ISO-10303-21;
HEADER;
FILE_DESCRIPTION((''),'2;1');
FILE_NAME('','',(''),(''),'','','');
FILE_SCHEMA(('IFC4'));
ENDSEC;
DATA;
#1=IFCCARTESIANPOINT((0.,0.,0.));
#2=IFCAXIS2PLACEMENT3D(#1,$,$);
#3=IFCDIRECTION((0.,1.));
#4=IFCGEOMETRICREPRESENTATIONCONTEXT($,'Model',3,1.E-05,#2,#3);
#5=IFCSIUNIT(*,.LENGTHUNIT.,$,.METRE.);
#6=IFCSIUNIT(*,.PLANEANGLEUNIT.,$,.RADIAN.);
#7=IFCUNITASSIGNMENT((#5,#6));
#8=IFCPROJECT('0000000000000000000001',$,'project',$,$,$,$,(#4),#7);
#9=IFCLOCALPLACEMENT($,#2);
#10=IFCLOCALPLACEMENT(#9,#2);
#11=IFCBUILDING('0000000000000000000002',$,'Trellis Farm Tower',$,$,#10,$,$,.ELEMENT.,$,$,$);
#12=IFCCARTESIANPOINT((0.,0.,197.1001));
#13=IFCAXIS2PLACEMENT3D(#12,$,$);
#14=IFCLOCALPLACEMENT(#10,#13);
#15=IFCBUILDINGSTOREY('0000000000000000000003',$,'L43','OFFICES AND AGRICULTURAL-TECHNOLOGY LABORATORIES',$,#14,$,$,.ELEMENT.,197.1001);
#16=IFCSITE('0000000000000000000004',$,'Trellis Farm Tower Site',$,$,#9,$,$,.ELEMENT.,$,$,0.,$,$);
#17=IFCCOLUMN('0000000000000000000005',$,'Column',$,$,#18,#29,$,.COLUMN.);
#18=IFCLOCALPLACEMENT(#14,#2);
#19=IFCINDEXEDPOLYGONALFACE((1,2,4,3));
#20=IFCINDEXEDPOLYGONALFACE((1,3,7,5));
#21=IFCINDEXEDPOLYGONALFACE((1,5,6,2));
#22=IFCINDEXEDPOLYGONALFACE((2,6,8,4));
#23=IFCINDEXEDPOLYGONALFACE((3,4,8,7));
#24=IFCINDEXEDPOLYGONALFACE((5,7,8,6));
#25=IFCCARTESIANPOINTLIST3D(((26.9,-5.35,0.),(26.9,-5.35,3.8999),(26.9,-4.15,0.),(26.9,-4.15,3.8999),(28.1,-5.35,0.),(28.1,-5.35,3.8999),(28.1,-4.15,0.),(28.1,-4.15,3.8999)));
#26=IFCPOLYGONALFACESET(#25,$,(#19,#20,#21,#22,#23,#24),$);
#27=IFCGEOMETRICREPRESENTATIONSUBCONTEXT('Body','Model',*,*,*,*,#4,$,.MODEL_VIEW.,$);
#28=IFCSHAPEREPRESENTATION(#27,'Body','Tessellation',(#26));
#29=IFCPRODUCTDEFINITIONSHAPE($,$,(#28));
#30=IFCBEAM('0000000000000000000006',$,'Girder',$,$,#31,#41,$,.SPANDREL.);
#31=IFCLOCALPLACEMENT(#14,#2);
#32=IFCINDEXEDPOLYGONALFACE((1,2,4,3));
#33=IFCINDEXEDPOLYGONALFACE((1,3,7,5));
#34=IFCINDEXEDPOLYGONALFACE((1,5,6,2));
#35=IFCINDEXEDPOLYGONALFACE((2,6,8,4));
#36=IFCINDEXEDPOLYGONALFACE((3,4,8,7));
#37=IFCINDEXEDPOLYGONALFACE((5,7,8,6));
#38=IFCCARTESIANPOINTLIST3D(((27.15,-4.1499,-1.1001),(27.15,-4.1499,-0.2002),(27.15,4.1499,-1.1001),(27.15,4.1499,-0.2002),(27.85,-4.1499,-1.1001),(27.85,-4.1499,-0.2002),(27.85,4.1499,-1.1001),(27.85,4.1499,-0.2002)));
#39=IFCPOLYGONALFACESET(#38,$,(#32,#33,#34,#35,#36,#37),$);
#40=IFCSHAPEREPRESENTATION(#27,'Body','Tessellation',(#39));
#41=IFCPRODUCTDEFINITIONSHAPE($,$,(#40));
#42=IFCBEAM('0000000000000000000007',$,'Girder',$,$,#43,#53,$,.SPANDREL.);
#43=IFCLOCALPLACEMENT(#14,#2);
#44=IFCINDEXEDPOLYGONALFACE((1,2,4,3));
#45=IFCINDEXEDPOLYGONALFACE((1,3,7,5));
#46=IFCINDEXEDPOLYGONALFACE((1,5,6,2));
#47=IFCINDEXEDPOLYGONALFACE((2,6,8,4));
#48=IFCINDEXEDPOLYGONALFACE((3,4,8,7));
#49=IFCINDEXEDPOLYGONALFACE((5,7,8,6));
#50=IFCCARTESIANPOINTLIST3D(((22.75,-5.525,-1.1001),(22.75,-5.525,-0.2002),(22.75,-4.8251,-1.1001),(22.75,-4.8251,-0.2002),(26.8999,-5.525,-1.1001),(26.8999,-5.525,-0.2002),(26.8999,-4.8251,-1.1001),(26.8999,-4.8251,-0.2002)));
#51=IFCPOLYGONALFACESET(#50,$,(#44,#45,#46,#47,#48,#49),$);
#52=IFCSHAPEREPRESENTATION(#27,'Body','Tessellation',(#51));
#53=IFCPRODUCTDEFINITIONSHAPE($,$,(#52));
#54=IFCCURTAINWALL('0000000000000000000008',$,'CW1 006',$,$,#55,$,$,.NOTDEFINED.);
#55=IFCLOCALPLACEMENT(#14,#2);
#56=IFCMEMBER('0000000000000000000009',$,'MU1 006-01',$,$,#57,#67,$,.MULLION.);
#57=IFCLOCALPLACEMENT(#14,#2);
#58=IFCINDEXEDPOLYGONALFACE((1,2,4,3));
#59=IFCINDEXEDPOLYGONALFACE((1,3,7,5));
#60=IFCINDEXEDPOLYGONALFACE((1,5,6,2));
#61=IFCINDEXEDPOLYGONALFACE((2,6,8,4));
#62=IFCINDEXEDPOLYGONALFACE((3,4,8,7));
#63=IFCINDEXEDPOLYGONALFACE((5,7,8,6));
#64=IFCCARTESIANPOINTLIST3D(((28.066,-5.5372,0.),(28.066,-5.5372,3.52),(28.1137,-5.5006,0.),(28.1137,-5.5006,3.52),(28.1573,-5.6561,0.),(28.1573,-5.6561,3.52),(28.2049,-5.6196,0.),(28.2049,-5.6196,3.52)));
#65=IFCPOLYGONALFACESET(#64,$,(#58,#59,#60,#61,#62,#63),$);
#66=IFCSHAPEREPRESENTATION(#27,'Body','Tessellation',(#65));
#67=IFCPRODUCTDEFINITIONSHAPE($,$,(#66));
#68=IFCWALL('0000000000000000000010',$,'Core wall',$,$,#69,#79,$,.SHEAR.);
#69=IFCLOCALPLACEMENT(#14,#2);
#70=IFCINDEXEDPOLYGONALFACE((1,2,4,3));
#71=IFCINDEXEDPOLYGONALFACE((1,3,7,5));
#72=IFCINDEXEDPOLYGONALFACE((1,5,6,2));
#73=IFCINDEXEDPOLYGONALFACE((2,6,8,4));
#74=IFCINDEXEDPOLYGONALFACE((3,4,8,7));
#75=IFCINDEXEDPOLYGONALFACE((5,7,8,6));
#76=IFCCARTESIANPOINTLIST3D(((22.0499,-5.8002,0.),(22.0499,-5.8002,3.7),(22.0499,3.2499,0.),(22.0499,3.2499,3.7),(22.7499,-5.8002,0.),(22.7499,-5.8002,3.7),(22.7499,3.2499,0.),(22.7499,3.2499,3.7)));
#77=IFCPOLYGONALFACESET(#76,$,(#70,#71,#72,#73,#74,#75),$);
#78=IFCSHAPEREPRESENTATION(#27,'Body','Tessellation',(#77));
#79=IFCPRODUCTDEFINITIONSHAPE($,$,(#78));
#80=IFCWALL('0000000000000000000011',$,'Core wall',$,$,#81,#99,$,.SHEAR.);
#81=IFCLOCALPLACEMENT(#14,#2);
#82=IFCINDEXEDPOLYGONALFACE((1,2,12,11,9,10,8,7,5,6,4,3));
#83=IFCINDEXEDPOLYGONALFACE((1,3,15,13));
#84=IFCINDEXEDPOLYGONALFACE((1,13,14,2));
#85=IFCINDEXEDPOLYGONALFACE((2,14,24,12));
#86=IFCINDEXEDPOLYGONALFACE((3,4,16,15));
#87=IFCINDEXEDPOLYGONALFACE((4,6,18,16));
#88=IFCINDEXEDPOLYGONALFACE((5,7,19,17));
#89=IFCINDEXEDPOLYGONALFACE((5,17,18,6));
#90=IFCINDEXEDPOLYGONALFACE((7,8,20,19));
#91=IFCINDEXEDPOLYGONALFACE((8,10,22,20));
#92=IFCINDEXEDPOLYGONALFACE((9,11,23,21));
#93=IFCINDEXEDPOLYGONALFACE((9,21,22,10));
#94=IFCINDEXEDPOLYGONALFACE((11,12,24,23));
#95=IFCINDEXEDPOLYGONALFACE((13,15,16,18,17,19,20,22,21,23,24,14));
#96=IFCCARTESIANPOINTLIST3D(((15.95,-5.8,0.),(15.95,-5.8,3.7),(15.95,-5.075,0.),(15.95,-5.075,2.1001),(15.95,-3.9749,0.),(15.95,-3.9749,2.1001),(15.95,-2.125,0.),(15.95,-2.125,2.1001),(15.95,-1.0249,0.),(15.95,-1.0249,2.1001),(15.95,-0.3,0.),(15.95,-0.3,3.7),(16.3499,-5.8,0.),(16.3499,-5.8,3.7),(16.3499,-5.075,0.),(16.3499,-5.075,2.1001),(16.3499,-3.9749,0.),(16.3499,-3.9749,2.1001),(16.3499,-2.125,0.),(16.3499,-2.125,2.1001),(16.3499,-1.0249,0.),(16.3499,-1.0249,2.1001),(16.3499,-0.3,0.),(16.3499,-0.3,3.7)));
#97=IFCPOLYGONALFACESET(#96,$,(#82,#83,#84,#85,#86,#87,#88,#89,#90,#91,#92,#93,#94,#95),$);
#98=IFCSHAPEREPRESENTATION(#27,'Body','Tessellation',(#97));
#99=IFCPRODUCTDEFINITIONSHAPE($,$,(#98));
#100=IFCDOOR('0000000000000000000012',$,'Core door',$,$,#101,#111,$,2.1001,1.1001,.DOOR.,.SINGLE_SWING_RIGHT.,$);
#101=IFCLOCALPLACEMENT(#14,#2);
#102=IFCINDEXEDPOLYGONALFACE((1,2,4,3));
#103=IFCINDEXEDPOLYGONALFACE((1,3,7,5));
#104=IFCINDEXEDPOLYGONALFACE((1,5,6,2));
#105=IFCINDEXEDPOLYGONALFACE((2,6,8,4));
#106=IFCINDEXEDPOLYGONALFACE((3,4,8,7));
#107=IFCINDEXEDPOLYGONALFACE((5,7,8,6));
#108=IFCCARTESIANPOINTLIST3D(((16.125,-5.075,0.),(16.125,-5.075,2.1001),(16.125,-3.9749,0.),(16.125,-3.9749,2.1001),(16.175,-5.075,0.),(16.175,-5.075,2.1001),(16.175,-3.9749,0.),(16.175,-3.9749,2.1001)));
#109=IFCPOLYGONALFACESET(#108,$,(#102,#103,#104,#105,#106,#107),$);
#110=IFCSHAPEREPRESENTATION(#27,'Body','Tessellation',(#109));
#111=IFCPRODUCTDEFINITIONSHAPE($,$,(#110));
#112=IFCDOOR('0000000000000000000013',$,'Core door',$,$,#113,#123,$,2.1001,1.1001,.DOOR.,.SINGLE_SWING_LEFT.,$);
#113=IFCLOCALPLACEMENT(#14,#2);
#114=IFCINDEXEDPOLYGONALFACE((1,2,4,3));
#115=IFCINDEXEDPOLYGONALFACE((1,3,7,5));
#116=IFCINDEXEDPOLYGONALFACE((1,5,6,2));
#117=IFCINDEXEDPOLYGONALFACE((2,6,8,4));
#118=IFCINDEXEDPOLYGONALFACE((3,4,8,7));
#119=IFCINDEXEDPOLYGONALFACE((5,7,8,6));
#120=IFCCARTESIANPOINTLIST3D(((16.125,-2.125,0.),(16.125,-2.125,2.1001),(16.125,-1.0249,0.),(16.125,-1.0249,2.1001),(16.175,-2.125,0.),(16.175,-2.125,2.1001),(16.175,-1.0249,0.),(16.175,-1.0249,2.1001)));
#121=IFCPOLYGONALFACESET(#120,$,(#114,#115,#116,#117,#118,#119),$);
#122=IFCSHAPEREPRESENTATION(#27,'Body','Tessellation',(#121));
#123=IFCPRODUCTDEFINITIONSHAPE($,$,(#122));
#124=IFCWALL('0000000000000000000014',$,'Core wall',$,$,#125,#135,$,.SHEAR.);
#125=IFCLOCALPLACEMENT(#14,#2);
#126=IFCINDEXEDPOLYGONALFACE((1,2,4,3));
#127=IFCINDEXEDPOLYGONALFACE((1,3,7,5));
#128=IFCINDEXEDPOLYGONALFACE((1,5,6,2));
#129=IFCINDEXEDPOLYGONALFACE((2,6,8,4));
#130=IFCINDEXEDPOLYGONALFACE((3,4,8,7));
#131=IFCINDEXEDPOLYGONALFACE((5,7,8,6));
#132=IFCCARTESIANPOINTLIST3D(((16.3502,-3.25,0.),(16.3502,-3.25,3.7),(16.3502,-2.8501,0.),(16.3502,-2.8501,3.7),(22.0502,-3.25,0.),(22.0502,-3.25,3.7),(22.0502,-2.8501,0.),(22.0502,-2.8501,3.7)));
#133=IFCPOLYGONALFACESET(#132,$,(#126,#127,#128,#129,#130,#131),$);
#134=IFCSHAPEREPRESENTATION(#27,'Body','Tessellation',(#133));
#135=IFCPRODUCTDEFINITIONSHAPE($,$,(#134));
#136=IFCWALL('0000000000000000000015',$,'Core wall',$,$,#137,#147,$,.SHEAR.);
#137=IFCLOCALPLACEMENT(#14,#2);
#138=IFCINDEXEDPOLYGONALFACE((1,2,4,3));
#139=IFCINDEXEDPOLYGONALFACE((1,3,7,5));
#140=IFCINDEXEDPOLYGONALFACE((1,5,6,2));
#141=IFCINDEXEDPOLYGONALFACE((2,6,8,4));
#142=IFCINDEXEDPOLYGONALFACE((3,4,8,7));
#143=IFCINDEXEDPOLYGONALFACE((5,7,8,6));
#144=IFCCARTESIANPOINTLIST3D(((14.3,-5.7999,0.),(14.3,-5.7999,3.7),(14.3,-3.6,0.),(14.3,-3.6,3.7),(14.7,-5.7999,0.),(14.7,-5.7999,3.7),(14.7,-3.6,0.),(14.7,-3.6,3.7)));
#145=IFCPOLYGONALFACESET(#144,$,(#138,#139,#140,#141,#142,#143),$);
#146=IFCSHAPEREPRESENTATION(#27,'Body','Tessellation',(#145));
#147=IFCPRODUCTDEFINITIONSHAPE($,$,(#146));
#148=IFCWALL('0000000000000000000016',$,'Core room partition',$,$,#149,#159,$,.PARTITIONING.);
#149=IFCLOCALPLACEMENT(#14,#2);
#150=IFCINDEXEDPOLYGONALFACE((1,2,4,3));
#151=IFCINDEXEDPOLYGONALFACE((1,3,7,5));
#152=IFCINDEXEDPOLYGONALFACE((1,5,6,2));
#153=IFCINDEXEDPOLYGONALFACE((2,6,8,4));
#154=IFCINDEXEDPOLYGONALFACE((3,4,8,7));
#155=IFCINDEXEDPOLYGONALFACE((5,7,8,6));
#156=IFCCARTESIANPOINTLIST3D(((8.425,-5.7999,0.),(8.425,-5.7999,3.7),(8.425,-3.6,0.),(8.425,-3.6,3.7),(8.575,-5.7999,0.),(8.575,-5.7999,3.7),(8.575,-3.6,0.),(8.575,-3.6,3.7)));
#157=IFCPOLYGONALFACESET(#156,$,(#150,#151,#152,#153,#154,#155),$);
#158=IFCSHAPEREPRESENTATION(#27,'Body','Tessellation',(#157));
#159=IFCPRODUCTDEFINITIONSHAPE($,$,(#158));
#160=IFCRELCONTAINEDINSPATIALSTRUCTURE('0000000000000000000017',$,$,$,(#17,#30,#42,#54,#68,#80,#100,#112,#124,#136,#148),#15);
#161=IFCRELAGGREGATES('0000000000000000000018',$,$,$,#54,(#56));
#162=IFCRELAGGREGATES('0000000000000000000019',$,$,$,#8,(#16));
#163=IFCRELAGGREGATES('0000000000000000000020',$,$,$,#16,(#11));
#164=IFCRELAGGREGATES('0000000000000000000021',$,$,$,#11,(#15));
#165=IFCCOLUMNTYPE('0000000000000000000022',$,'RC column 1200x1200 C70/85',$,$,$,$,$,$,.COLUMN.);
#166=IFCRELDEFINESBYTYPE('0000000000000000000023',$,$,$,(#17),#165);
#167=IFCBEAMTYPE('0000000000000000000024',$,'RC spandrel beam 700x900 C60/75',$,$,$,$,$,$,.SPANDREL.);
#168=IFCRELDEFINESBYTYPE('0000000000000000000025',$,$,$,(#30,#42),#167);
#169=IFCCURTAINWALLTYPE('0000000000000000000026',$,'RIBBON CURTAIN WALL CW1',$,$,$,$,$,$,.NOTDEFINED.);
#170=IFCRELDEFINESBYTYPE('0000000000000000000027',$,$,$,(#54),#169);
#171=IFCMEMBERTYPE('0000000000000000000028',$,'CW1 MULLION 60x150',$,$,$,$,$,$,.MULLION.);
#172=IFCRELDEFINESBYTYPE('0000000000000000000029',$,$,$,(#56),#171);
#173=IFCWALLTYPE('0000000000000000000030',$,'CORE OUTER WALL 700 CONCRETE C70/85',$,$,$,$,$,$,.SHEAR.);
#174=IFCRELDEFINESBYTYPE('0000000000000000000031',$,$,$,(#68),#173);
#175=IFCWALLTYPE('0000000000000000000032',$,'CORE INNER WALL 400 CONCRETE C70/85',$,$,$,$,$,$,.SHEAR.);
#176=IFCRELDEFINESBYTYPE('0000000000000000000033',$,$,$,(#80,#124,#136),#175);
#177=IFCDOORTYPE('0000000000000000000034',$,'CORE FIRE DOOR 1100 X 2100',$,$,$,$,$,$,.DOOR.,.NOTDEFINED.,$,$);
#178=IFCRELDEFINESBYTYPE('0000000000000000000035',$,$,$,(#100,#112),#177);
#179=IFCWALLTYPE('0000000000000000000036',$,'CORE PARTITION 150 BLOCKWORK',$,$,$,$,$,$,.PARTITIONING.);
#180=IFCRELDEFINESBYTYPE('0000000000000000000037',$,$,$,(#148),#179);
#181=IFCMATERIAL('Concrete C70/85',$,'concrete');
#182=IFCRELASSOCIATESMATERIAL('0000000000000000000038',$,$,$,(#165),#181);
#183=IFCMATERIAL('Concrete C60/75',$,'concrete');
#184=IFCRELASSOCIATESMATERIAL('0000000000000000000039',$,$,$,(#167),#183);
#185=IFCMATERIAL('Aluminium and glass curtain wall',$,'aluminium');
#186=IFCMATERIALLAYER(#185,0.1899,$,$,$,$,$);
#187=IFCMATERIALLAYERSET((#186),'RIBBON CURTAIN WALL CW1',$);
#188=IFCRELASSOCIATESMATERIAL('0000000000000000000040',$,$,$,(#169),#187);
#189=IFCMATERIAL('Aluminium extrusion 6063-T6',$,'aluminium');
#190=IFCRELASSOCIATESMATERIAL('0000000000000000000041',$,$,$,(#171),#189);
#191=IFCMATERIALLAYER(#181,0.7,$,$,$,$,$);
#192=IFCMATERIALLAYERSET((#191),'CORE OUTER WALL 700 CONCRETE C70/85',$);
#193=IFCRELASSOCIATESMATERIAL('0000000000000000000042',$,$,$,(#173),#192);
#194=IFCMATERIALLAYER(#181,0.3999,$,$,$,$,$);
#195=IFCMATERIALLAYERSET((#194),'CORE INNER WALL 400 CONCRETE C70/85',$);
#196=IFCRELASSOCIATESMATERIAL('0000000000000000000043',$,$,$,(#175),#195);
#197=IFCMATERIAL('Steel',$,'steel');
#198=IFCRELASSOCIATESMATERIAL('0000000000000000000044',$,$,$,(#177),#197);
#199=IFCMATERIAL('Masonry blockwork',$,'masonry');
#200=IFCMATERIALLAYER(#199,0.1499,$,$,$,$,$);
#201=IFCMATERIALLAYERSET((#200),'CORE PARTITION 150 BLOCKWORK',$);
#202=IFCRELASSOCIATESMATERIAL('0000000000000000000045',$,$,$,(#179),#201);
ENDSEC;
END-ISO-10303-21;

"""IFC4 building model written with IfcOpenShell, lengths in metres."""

from ifc_helpers import new_model, si_unit, direction, frame, frame_2d, origin, origin_2d, place, context, subcontext, project, spatial, rectangle, extrude, source, transform, mapped, material, layer, layer_set, material_profile, profile_set, type_object, element, fill, aggregate, save


model = new_model("IFC4")

# Units and contexts
model_context = context("Model", 3, precision=1e-05, world=origin(), true_north=direction((0.0, 1.0)))
body_context = subcontext(model_context, "Body", "Model", "MODEL_VIEW")
ifc_project = project(units=[si_unit("LENGTHUNIT", "METRE"), si_unit("PLANEANGLEUNIT", "RADIAN")], contexts=[model_context])

# Site, building, storey
site_placement = place(None, origin())
site = spatial("IfcSite", under=ifc_project, at=site_placement, Name="Trellis Farm Tower Site", CompositionType="ELEMENT", RefElevation=0.0)
building_placement = place(site_placement, origin())
building = spatial("IfcBuilding", under=site, at=building_placement, Name="Trellis Farm Tower", CompositionType="ELEMENT")
storey_placement = place(building_placement, frame((0.0, 0.0, 197.1001)))
storey = spatial("IfcBuildingStorey", under=building, at=storey_placement, Name="L43", Description="OFFICES AND AGRICULTURAL-TECHNOLOGY LABORATORIES", CompositionType="ELEMENT", Elevation=197.1001)

# Column
ifc_material_1 = material(Name="Concrete C70/85", Category="concrete")
ifc_material_profile_1 = material_profile(ifc_material_1, rectangle(XDim=1.2, YDim=1.2, at=origin_2d()), Name="RC column 1200x1200 C70/85")
ifc_profile_set_1 = profile_set([ifc_material_profile_1], Name="Concrete C70/85")
column_type = type_object("IfcColumnType", Name="RC column 1200x1200 C70/85", PredefinedType="COLUMN", material=ifc_profile_set_1)
shared_shape_1 = source(origin(), body_context, "Body", "SweptSolid", [
    extrude(rectangle(XDim=1.2, YDim=1.2, at=origin_2d()), origin(), (0.0, 0.0, 1.0), 3.8999),
])
column_placement = place(storey_placement, frame((27.5, -4.75, 0.0), z_axis=(0.0, 0.0, 1.0), x_axis=(1.0, 0.0, 0.0)))
element("IfcColumn", 1, at=column_placement, inside=storey, type_object=column_type, Name="Column", PredefinedType="COLUMN", context=body_context, shape_type="MappedRepresentation", body=[
    mapped(shared_shape_1, transform((0.0, 0.0, 0.0))),
])

# Beams
ifc_material_2 = material(Name="Concrete C60/75", Category="concrete")
ifc_material_profile_2 = material_profile(ifc_material_2, rectangle(XDim=0.7, YDim=0.8999, at=origin_2d()), Name="RC spandrel beam 700x900 C60/75")
ifc_profile_set_2 = profile_set([ifc_material_profile_2], Name="Concrete C60/75")
beam_type = type_object("IfcBeamType", Name="RC spandrel beam 700x900 C60/75", PredefinedType="SPANDREL", material=ifc_profile_set_2)
shared_shape_2 = source(origin(), body_context, "Body", "SweptSolid", [
    extrude(rectangle(XDim=0.7, YDim=0.8999, at=origin_2d()), origin(), (0.0, 0.0, 1.0), 8.2998),
])
beam_1_placement = place(storey_placement, frame((27.5, -4.1499, -0.6501), z_axis=(0.0, 1.0, 0.0), x_axis=(-1.0, 0.0, 0.0)))
element("IfcBeam", 2, at=beam_1_placement, inside=storey, type_object=beam_type, Name="Girder", PredefinedType="SPANDREL", context=body_context, shape_type="MappedRepresentation", body=[
    mapped(shared_shape_2, transform((0.0, 0.0, 0.0))),
])
shared_shape_3 = source(origin(), body_context, "Body", "SweptSolid", [
    extrude(rectangle(XDim=0.7, YDim=0.8999, at=origin_2d()), origin(), (0.0, 0.0, 1.0), 4.1499),
])
beam_2_placement = place(storey_placement, frame((22.75, -5.175, -0.6501), z_axis=(1.0, 0.0, 0.0), x_axis=(0.0, 1.0, 0.0)))
element("IfcBeam", 3, at=beam_2_placement, inside=storey, type_object=beam_type, Name="Girder", PredefinedType="SPANDREL", context=body_context, shape_type="MappedRepresentation", body=[
    mapped(shared_shape_3, transform((0.0, 0.0, 0.0))),
])

# Curtain wall, member
ifc_material_3 = material(Name="Aluminium and glass curtain wall", Category="aluminium")
ifc_layer_1 = layer(ifc_material_3, 0.1899)
ifc_layer_set_1 = layer_set([ifc_layer_1], Name="RIBBON CURTAIN WALL CW1")
curtain_wall_type = type_object("IfcCurtainWallType", Name="RIBBON CURTAIN WALL CW1", PredefinedType="NOTDEFINED", material=ifc_layer_set_1)
placement = place(storey_placement, origin())
curtain_wall = element("IfcCurtainWall", 4, at=placement, inside=storey, type_object=curtain_wall_type, Name="CW1 006", PredefinedType="NOTDEFINED")
ifc_material_4 = material(Name="Aluminium extrusion 6063-T6", Category="aluminium")
ifc_material_profile_3 = material_profile(ifc_material_4, rectangle(XDim=0.0601, YDim=0.1499, at=origin_2d()), Name="MULLION 60x150")
ifc_profile_set_3 = profile_set([ifc_material_profile_3], Name="Aluminium extrusion 6063-T6")
member_type = type_object("IfcMemberType", Name="CW1 MULLION 60x150", PredefinedType="MULLION", material=ifc_profile_set_3)
shared_shape_4 = source(origin(), body_context, "Body", "SweptSolid", [
    extrude(rectangle(XDim=0.0601, YDim=0.1499, at=origin_2d()), origin(), (0.0, 0.0, 1.0), 3.52),
])
member_placement = place(storey_placement, frame((28.1355, -5.5784, 0.0), z_axis=(0.0, 0.0, 1.0), x_axis=(0.793353, 0.608761, 0.0)))
member = element("IfcMember", 5, at=member_placement, type_object=member_type, Name="MU1 006-01", PredefinedType="MULLION", context=body_context, shape_type="MappedRepresentation", body=[
    mapped(shared_shape_4, transform((0.0, 0.0, 0.0))),
])
aggregate(curtain_wall, [member])

# Wall
ifc_layer_2 = layer(ifc_material_1, 0.7)
ifc_layer_set_2 = layer_set([ifc_layer_2], Name="CORE OUTER WALL 700 CONCRETE C70/85")
wall_type_1 = type_object("IfcWallType", Name="CORE OUTER WALL 700 CONCRETE C70/85", PredefinedType="SHEAR", material=ifc_layer_set_2)
shared_shape_5 = source(origin(), body_context, "Body", "SweptSolid", [
    extrude(rectangle(XDim=9.05, YDim=0.7, at=frame_2d((4.5249, 0.0))), origin(), (0.0, 0.0, 1.0), 3.7),
])
wall_1_placement = place(storey_placement, frame((22.3999, -5.8, 0.0), z_axis=(0.0, 0.0, 1.0), x_axis=(0.0, 1.0, 0.0)))
element("IfcWall", 6, at=wall_1_placement, inside=storey, type_object=wall_type_1, Name="Core wall", PredefinedType="SHEAR", context=body_context, shape_type="MappedRepresentation", body=[
    mapped(shared_shape_5, transform((0.0, 0.0, 0.0))),
])

# Wall, openings, doors
ifc_layer_3 = layer(ifc_material_1, 0.3999)
ifc_layer_set_3 = layer_set([ifc_layer_3], Name="CORE INNER WALL 400 CONCRETE C70/85")
wall_type_2 = type_object("IfcWallType", Name="CORE INNER WALL 400 CONCRETE C70/85", PredefinedType="SHEAR", material=ifc_layer_set_3)
shared_shape_6 = source(origin(), body_context, "Body", "SweptSolid", [
    extrude(rectangle(XDim=5.5, YDim=0.3999, at=frame_2d((2.75, 0.0))), origin(), (0.0, 0.0, 1.0), 3.7),
])
wall_2_placement = place(storey_placement, frame((16.1499, -5.8, 0.0), z_axis=(0.0, 0.0, 1.0), x_axis=(0.0, 1.0, 0.0)))
wall_2 = element("IfcWall", 7, at=wall_2_placement, inside=storey, type_object=wall_type_2, Name="Core wall", PredefinedType="SHEAR", context=body_context, shape_type="MappedRepresentation", body=[
    mapped(shared_shape_6, transform((0.0, 0.0, 0.0))),
])
shared_shape_7 = source(origin(), body_context, "Body", "SweptSolid", [
    extrude(rectangle(XDim=1.1001, YDim=2.1001, at=frame_2d((0.55, 1.05))), frame((0.0, 0.21, 0.0), z_axis=(0.0, -1.0, 0.0), x_axis=(1.0, 0.0, 0.0)), (0.0, 0.0, 1.0), 0.4199),
])
opening_1_placement = place(wall_2_placement, frame((0.7251, 0.0, 0.0)))
opening_1 = element("IfcOpeningElement", 8, at=opening_1_placement, cuts=wall_2, PredefinedType="OPENING", context=body_context, shape_type="MappedRepresentation", body=[
    mapped(shared_shape_7, transform((0.0, 0.0, 0.0))),
])
opening_2_placement = place(wall_2_placement, frame((3.675, 0.0, 0.0)))
opening_2 = element("IfcOpeningElement", 9, at=opening_2_placement, cuts=wall_2, PredefinedType="OPENING", context=body_context, shape_type="MappedRepresentation", body=[
    mapped(shared_shape_7, transform((0.0, 0.0, 0.0))),
])
ifc_material_5 = material(Name="Steel", Category="steel")
door_type = type_object("IfcDoorType", Name="CORE FIRE DOOR 1100 X 2100", OperationType="NOTDEFINED", PredefinedType="DOOR", material=ifc_material_5)
shared_shape_8 = source(origin(), body_context, "Body", "SweptSolid", [
    extrude(rectangle(XDim=1.1001, YDim=2.1001, at=frame_2d((0.55, 1.05))), frame((0.0, 0.0249, 0.0), z_axis=(0.0, -1.0, 0.0), x_axis=(1.0, 0.0, 0.0)), (0.0, 0.0, 1.0), 0.05),
])
door_1_placement = place(opening_1_placement, origin())
door_1 = element("IfcDoor", 10, at=door_1_placement, inside=storey, type_object=door_type, Name="Core door", OperationType="SINGLE_SWING_RIGHT", OverallHeight=2.1001, OverallWidth=1.1001, PredefinedType="DOOR", context=body_context, shape_type="MappedRepresentation", body=[
    mapped(shared_shape_8, transform((0.0, 0.0, 0.0))),
])
fill(opening_1, door_1)
door_2_placement = place(opening_2_placement, origin())
door_2 = element("IfcDoor", 11, at=door_2_placement, inside=storey, type_object=door_type, Name="Core door", OperationType="SINGLE_SWING_LEFT", OverallHeight=2.1001, OverallWidth=1.1001, PredefinedType="DOOR", context=body_context, shape_type="MappedRepresentation", body=[
    mapped(shared_shape_8, transform((0.0, 0.0, 0.0))),
])
fill(opening_2, door_2)

# Walls
shared_shape_9 = source(origin(), body_context, "Body", "SweptSolid", [
    extrude(rectangle(XDim=5.7, YDim=0.3999, at=frame_2d((2.8501, 0.0))), origin(), (0.0, 0.0, 1.0), 3.7),
])
wall_3_placement = place(storey_placement, frame((16.3501, -3.05, 0.0), z_axis=(0.0, 0.0, 1.0), x_axis=(1.0, 0.0, 0.0)))
element("IfcWall", 12, at=wall_3_placement, inside=storey, type_object=wall_type_2, Name="Core wall", PredefinedType="SHEAR", context=body_context, shape_type="MappedRepresentation", body=[
    mapped(shared_shape_9, transform((0.0, 0.0, 0.0))),
])
shared_shape_10 = source(origin(), body_context, "Body", "SweptSolid", [
    extrude(rectangle(XDim=2.2, YDim=0.3999, at=frame_2d((1.1001, 0.0))), origin(), (0.0, 0.0, 1.0), 3.7),
])
wall_4_placement = place(storey_placement, frame((14.5, -5.8, 0.0), z_axis=(0.0, 0.0, 1.0), x_axis=(0.0, 1.0, 0.0)))
element("IfcWall", 13, at=wall_4_placement, inside=storey, type_object=wall_type_2, Name="Core wall", PredefinedType="SHEAR", context=body_context, shape_type="MappedRepresentation", body=[
    mapped(shared_shape_10, transform((0.0, 0.0, 0.0))),
])
ifc_material_6 = material(Name="Masonry blockwork", Category="masonry")
ifc_layer_4 = layer(ifc_material_6, 0.1499)
ifc_layer_set_4 = layer_set([ifc_layer_4], Name="CORE PARTITION 150 BLOCKWORK")
wall_type_3 = type_object("IfcWallType", Name="CORE PARTITION 150 BLOCKWORK", PredefinedType="PARTITIONING", material=ifc_layer_set_4)
shared_shape_11 = source(origin(), body_context, "Body", "SweptSolid", [
    extrude(rectangle(XDim=2.2, YDim=0.1499, at=frame_2d((1.1001, 0.0))), origin(), (0.0, 0.0, 1.0), 3.7),
])
for number, where, z_axis, x_axis, name in (
    (14, (8.5, -5.8, 0.0), (0.0, 0.0, 1.0), (0.0, 1.0, 0.0), "Core room partition"),
):
    element("IfcWall", number, at=place(storey_placement, frame(where, z_axis=z_axis, x_axis=x_axis)), inside=storey, type_object=wall_type_3, Name=name, PredefinedType="PARTITIONING", context=body_context, shape_type="MappedRepresentation", body=[
        mapped(shared_shape_11, transform((0.0, 0.0, 0.0))),
    ])

save(model, "model.ifc")
